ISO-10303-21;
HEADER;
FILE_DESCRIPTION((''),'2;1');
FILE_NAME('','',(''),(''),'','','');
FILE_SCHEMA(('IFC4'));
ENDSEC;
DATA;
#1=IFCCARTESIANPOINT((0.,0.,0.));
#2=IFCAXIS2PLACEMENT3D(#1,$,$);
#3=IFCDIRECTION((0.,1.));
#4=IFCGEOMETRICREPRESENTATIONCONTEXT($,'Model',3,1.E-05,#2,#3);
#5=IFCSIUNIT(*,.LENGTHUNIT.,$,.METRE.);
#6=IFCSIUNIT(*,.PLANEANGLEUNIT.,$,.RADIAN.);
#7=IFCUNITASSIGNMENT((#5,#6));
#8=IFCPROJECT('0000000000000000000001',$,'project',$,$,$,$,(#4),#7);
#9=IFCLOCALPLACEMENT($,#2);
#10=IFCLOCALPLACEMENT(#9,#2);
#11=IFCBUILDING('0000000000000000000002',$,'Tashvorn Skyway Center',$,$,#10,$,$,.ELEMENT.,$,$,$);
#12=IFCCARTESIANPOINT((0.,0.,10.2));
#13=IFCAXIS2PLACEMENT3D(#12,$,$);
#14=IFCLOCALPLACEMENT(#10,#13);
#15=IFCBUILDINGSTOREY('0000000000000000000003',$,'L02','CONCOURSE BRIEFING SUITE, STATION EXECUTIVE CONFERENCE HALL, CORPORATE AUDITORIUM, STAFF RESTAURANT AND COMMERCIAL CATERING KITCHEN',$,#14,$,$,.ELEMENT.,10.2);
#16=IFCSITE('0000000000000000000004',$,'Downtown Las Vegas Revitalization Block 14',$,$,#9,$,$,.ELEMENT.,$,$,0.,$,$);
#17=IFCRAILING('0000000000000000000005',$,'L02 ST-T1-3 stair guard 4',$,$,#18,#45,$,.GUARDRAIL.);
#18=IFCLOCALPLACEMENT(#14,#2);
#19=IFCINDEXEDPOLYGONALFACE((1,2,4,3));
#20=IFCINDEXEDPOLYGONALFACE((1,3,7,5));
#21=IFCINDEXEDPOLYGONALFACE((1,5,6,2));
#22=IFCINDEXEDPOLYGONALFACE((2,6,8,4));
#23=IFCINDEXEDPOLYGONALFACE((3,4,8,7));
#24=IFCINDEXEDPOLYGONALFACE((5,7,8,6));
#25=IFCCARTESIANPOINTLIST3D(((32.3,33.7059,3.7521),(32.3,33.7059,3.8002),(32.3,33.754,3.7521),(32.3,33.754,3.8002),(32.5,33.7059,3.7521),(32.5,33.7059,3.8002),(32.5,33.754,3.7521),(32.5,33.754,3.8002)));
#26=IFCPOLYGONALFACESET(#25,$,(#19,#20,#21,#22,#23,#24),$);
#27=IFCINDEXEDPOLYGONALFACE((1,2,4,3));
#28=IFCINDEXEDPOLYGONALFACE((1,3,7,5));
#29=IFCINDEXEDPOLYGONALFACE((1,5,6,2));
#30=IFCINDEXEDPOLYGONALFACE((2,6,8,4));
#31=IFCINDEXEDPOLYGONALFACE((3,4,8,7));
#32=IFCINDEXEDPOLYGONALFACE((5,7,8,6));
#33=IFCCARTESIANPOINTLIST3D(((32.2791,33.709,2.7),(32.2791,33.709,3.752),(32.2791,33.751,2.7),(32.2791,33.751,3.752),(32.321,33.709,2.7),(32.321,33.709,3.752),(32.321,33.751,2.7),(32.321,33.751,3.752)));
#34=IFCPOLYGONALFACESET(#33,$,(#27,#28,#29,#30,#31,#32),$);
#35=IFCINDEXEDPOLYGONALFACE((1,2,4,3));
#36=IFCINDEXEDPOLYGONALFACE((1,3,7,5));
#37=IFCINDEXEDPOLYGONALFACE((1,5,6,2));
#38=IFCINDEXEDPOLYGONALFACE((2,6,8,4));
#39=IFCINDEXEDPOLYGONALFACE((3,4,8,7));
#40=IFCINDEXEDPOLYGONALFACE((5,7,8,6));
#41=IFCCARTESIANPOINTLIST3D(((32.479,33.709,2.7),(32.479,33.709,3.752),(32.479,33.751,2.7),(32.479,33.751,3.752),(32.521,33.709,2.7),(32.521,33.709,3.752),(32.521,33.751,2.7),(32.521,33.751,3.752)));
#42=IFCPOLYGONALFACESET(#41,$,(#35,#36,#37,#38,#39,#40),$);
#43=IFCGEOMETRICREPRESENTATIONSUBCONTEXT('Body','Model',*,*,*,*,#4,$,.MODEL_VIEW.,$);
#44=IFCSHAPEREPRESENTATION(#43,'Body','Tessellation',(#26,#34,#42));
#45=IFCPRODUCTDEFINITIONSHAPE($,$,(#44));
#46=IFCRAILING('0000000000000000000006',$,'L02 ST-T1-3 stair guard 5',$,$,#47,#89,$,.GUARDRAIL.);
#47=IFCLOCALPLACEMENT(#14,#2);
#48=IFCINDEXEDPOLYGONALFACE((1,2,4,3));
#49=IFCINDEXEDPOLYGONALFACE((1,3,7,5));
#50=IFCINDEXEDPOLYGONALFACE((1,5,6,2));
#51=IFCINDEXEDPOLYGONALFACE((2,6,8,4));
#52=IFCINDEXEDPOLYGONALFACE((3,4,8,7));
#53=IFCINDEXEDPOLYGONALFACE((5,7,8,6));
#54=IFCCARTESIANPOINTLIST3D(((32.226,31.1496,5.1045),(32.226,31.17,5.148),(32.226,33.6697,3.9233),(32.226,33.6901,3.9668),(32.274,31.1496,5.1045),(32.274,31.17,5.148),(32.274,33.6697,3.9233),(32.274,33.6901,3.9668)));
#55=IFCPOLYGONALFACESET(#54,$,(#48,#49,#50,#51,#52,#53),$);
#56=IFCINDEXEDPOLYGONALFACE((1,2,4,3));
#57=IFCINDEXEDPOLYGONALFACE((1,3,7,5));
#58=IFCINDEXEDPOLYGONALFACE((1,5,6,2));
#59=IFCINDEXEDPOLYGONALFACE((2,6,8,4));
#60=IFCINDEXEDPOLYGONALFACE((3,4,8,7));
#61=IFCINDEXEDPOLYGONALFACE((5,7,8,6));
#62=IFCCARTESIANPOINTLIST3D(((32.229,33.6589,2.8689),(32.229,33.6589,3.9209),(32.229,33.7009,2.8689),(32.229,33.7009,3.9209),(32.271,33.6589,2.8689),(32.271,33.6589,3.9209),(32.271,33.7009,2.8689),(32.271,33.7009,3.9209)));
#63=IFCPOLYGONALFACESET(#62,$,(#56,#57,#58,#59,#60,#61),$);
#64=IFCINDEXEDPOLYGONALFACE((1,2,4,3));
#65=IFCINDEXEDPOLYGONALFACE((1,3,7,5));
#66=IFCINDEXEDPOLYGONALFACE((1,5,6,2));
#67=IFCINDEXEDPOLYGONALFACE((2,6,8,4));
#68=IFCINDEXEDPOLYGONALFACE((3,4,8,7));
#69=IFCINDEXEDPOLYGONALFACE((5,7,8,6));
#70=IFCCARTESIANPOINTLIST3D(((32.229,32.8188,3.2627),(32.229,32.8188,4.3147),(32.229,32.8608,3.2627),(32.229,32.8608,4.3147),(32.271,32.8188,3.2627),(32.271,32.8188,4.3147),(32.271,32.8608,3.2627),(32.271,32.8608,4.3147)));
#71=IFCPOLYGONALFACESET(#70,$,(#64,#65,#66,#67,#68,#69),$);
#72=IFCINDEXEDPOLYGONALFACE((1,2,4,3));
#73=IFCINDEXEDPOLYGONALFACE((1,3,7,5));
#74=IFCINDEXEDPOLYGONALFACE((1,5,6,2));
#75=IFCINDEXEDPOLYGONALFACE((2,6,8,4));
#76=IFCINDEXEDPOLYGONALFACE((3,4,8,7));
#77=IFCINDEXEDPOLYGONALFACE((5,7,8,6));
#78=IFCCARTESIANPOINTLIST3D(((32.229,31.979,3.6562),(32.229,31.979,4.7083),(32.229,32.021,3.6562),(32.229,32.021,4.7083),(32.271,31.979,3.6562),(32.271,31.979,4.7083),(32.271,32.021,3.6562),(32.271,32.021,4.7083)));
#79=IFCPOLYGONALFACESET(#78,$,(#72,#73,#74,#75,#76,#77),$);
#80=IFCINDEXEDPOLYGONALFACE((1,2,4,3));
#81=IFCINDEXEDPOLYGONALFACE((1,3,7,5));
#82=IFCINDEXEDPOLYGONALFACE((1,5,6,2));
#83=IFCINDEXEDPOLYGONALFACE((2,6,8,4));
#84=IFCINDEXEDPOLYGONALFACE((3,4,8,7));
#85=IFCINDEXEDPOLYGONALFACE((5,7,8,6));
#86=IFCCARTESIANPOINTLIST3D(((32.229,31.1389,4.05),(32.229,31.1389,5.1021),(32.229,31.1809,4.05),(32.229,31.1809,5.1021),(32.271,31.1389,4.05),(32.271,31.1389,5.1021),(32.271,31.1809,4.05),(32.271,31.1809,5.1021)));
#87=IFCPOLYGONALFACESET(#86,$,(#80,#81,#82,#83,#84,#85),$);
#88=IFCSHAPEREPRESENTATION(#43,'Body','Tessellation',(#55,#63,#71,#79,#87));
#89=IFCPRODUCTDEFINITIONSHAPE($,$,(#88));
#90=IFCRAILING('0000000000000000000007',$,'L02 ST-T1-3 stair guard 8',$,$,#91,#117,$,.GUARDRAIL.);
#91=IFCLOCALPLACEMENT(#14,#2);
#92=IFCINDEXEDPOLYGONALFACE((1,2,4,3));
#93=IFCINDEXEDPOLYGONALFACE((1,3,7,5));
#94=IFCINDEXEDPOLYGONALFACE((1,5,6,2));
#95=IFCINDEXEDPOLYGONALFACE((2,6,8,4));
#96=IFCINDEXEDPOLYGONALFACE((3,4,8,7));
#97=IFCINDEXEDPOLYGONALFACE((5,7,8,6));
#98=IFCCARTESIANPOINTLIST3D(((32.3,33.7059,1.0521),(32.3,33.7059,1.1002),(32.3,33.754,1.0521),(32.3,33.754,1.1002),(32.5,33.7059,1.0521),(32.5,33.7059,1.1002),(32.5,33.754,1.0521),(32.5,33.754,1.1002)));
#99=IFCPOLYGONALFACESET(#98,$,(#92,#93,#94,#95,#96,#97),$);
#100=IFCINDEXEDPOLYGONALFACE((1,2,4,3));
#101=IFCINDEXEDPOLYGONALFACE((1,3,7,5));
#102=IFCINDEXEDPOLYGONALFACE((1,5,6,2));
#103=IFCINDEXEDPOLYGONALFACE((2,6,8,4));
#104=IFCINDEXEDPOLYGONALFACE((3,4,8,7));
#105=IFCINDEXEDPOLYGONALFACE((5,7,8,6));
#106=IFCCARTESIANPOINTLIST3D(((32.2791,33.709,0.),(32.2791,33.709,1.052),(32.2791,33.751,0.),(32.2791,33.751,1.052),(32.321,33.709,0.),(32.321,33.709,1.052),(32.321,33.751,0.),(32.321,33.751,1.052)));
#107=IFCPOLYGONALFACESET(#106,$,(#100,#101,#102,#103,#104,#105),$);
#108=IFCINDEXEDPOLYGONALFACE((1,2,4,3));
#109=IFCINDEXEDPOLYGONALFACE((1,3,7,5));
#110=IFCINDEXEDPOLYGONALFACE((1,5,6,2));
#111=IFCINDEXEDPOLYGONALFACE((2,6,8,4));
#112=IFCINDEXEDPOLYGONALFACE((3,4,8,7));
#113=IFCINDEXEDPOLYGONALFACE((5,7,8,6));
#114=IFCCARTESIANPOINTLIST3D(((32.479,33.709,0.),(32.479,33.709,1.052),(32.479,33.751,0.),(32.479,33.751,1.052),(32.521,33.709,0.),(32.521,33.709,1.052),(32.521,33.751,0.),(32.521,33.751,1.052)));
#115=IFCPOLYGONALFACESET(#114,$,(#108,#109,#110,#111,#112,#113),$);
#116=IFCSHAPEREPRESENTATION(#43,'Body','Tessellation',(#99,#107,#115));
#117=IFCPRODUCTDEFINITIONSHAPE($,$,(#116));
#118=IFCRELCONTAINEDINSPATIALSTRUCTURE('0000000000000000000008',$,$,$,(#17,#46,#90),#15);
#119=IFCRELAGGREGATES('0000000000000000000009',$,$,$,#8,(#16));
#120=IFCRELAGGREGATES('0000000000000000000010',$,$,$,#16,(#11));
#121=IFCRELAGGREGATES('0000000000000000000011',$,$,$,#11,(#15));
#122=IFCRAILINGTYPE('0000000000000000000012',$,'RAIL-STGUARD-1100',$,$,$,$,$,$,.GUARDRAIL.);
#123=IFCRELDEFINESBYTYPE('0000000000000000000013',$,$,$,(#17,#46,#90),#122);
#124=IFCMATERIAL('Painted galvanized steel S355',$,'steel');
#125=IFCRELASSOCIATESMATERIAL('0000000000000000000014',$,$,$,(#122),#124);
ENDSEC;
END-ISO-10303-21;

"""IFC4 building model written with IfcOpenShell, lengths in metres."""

from ifc_helpers import new_model, si_unit, direction, frame, origin, origin_2d, place, context, subcontext, project, spatial, rectangle, extrude, material, type_object, element, save


model = new_model("IFC4")

# Units and contexts
model_context = context("Model", 3, precision=1e-05, world=origin(), true_north=direction((0.0, 1.0)))
body_context = subcontext(model_context, "Body", "Model", "MODEL_VIEW")
ifc_project = project(units=[si_unit("LENGTHUNIT", "METRE"), si_unit("PLANEANGLEUNIT", "RADIAN")], contexts=[model_context])

# Site, building, storey
site_placement = place(None, origin())
site = spatial("IfcSite", under=ifc_project, at=site_placement, Name="Downtown Las Vegas Revitalization Block 14", CompositionType="ELEMENT", RefElevation=0.0)
building_placement = place(site_placement, origin())
building = spatial("IfcBuilding", under=site, at=building_placement, Name="Tashvorn Skyway Center", CompositionType="ELEMENT")
storey_placement = place(building_placement, frame((0.0, 0.0, 10.2)))
storey = spatial("IfcBuildingStorey", under=building, at=storey_placement, Name="L02", Description="CONCOURSE BRIEFING SUITE, STATION EXECUTIVE CONFERENCE HALL, CORPORATE AUDITORIUM, STAFF RESTAURANT AND COMMERCIAL CATERING KITCHEN", CompositionType="ELEMENT", Elevation=10.2)

# Railings
ifc_material_1 = material(Name="Painted galvanized steel S355", Category="steel")
railing_type_1 = type_object("IfcRailingType", Name="RAIL-STGUARD-1100", PredefinedType="GUARDRAIL", material=ifc_material_1)
railing_1_placement = place(storey_placement, frame((32.3, 33.73, 2.7)))
element("IfcRailing", 1, at=railing_1_placement, inside=storey, type_object=railing_type_1, Name="L02 ST-T1-3 stair guard 4", PredefinedType="GUARDRAIL", context=body_context, shape_type="SweptSolid", body=[
    extrude(rectangle(XDim=0.0481, YDim=0.0481, at=origin_2d()), frame((0.0, 0.0, 1.0762), z_axis=(1.0, 0.0, 0.0), x_axis=(0.0, 1.0, 0.0)), (0.0, 0.0, 1.0), 0.2),
    extrude(rectangle(XDim=0.042, YDim=0.042, at=origin_2d()), origin(), (0.0, 0.0, 1.0), 1.052),
    extrude(rectangle(XDim=0.042, YDim=0.042, at=origin_2d()), frame((0.2, 0.0, 0.0)), (0.0, 0.0, 1.0), 1.052),
])
railing_2_placement = place(storey_placement, frame((32.25, 33.6799, 2.8689)))
element("IfcRailing", 2, at=railing_2_placement, inside=storey, type_object=railing_type_1, Name="L02 ST-T1-3 stair guard 5", PredefinedType="GUARDRAIL", context=body_context, shape_type="SweptSolid", body=[
    extrude(rectangle(XDim=0.0481, YDim=0.0481, at=origin_2d()), frame((0.0, 0.0, 1.0762), z_axis=(0.0, -0.905474, 0.424402), x_axis=(1.0, 0.0, 0.0)), (0.0, 0.0, 1.0), 2.7832),
    extrude(rectangle(XDim=0.042, YDim=0.042, at=origin_2d()), origin(), (0.0, 0.0, 1.0), 1.052),
    extrude(rectangle(XDim=0.042, YDim=0.042, at=origin_2d()), frame((0.0, -0.8401, 0.3938)), (0.0, 0.0, 1.0), 1.052),
    extrude(rectangle(XDim=0.042, YDim=0.042, at=origin_2d()), frame((0.0, -1.6799, 0.7874)), (0.0, 0.0, 1.0), 1.052),
    extrude(rectangle(XDim=0.042, YDim=0.042, at=origin_2d()), frame((0.0, -2.52, 1.1812)), (0.0, 0.0, 1.0), 1.052),
])
railing_3_placement = place(storey_placement, frame((32.3, 33.73, 0.0)))
element("IfcRailing", 3, at=railing_3_placement, inside=storey, type_object=railing_type_1, Name="L02 ST-T1-3 stair guard 8", PredefinedType="GUARDRAIL", context=body_context, shape_type="SweptSolid", body=[
    extrude(rectangle(XDim=0.0481, YDim=0.0481, at=origin_2d()), frame((0.0, 0.0, 1.0762), z_axis=(1.0, 0.0, 0.0), x_axis=(0.0, 1.0, 0.0)), (0.0, 0.0, 1.0), 0.2),
    extrude(rectangle(XDim=0.042, YDim=0.042, at=origin_2d()), origin(), (0.0, 0.0, 1.0), 1.052),
    extrude(rectangle(XDim=0.042, YDim=0.042, at=origin_2d()), frame((0.2, 0.0, 0.0)), (0.0, 0.0, 1.0), 1.052),
])

save(model, "model.ifc")
